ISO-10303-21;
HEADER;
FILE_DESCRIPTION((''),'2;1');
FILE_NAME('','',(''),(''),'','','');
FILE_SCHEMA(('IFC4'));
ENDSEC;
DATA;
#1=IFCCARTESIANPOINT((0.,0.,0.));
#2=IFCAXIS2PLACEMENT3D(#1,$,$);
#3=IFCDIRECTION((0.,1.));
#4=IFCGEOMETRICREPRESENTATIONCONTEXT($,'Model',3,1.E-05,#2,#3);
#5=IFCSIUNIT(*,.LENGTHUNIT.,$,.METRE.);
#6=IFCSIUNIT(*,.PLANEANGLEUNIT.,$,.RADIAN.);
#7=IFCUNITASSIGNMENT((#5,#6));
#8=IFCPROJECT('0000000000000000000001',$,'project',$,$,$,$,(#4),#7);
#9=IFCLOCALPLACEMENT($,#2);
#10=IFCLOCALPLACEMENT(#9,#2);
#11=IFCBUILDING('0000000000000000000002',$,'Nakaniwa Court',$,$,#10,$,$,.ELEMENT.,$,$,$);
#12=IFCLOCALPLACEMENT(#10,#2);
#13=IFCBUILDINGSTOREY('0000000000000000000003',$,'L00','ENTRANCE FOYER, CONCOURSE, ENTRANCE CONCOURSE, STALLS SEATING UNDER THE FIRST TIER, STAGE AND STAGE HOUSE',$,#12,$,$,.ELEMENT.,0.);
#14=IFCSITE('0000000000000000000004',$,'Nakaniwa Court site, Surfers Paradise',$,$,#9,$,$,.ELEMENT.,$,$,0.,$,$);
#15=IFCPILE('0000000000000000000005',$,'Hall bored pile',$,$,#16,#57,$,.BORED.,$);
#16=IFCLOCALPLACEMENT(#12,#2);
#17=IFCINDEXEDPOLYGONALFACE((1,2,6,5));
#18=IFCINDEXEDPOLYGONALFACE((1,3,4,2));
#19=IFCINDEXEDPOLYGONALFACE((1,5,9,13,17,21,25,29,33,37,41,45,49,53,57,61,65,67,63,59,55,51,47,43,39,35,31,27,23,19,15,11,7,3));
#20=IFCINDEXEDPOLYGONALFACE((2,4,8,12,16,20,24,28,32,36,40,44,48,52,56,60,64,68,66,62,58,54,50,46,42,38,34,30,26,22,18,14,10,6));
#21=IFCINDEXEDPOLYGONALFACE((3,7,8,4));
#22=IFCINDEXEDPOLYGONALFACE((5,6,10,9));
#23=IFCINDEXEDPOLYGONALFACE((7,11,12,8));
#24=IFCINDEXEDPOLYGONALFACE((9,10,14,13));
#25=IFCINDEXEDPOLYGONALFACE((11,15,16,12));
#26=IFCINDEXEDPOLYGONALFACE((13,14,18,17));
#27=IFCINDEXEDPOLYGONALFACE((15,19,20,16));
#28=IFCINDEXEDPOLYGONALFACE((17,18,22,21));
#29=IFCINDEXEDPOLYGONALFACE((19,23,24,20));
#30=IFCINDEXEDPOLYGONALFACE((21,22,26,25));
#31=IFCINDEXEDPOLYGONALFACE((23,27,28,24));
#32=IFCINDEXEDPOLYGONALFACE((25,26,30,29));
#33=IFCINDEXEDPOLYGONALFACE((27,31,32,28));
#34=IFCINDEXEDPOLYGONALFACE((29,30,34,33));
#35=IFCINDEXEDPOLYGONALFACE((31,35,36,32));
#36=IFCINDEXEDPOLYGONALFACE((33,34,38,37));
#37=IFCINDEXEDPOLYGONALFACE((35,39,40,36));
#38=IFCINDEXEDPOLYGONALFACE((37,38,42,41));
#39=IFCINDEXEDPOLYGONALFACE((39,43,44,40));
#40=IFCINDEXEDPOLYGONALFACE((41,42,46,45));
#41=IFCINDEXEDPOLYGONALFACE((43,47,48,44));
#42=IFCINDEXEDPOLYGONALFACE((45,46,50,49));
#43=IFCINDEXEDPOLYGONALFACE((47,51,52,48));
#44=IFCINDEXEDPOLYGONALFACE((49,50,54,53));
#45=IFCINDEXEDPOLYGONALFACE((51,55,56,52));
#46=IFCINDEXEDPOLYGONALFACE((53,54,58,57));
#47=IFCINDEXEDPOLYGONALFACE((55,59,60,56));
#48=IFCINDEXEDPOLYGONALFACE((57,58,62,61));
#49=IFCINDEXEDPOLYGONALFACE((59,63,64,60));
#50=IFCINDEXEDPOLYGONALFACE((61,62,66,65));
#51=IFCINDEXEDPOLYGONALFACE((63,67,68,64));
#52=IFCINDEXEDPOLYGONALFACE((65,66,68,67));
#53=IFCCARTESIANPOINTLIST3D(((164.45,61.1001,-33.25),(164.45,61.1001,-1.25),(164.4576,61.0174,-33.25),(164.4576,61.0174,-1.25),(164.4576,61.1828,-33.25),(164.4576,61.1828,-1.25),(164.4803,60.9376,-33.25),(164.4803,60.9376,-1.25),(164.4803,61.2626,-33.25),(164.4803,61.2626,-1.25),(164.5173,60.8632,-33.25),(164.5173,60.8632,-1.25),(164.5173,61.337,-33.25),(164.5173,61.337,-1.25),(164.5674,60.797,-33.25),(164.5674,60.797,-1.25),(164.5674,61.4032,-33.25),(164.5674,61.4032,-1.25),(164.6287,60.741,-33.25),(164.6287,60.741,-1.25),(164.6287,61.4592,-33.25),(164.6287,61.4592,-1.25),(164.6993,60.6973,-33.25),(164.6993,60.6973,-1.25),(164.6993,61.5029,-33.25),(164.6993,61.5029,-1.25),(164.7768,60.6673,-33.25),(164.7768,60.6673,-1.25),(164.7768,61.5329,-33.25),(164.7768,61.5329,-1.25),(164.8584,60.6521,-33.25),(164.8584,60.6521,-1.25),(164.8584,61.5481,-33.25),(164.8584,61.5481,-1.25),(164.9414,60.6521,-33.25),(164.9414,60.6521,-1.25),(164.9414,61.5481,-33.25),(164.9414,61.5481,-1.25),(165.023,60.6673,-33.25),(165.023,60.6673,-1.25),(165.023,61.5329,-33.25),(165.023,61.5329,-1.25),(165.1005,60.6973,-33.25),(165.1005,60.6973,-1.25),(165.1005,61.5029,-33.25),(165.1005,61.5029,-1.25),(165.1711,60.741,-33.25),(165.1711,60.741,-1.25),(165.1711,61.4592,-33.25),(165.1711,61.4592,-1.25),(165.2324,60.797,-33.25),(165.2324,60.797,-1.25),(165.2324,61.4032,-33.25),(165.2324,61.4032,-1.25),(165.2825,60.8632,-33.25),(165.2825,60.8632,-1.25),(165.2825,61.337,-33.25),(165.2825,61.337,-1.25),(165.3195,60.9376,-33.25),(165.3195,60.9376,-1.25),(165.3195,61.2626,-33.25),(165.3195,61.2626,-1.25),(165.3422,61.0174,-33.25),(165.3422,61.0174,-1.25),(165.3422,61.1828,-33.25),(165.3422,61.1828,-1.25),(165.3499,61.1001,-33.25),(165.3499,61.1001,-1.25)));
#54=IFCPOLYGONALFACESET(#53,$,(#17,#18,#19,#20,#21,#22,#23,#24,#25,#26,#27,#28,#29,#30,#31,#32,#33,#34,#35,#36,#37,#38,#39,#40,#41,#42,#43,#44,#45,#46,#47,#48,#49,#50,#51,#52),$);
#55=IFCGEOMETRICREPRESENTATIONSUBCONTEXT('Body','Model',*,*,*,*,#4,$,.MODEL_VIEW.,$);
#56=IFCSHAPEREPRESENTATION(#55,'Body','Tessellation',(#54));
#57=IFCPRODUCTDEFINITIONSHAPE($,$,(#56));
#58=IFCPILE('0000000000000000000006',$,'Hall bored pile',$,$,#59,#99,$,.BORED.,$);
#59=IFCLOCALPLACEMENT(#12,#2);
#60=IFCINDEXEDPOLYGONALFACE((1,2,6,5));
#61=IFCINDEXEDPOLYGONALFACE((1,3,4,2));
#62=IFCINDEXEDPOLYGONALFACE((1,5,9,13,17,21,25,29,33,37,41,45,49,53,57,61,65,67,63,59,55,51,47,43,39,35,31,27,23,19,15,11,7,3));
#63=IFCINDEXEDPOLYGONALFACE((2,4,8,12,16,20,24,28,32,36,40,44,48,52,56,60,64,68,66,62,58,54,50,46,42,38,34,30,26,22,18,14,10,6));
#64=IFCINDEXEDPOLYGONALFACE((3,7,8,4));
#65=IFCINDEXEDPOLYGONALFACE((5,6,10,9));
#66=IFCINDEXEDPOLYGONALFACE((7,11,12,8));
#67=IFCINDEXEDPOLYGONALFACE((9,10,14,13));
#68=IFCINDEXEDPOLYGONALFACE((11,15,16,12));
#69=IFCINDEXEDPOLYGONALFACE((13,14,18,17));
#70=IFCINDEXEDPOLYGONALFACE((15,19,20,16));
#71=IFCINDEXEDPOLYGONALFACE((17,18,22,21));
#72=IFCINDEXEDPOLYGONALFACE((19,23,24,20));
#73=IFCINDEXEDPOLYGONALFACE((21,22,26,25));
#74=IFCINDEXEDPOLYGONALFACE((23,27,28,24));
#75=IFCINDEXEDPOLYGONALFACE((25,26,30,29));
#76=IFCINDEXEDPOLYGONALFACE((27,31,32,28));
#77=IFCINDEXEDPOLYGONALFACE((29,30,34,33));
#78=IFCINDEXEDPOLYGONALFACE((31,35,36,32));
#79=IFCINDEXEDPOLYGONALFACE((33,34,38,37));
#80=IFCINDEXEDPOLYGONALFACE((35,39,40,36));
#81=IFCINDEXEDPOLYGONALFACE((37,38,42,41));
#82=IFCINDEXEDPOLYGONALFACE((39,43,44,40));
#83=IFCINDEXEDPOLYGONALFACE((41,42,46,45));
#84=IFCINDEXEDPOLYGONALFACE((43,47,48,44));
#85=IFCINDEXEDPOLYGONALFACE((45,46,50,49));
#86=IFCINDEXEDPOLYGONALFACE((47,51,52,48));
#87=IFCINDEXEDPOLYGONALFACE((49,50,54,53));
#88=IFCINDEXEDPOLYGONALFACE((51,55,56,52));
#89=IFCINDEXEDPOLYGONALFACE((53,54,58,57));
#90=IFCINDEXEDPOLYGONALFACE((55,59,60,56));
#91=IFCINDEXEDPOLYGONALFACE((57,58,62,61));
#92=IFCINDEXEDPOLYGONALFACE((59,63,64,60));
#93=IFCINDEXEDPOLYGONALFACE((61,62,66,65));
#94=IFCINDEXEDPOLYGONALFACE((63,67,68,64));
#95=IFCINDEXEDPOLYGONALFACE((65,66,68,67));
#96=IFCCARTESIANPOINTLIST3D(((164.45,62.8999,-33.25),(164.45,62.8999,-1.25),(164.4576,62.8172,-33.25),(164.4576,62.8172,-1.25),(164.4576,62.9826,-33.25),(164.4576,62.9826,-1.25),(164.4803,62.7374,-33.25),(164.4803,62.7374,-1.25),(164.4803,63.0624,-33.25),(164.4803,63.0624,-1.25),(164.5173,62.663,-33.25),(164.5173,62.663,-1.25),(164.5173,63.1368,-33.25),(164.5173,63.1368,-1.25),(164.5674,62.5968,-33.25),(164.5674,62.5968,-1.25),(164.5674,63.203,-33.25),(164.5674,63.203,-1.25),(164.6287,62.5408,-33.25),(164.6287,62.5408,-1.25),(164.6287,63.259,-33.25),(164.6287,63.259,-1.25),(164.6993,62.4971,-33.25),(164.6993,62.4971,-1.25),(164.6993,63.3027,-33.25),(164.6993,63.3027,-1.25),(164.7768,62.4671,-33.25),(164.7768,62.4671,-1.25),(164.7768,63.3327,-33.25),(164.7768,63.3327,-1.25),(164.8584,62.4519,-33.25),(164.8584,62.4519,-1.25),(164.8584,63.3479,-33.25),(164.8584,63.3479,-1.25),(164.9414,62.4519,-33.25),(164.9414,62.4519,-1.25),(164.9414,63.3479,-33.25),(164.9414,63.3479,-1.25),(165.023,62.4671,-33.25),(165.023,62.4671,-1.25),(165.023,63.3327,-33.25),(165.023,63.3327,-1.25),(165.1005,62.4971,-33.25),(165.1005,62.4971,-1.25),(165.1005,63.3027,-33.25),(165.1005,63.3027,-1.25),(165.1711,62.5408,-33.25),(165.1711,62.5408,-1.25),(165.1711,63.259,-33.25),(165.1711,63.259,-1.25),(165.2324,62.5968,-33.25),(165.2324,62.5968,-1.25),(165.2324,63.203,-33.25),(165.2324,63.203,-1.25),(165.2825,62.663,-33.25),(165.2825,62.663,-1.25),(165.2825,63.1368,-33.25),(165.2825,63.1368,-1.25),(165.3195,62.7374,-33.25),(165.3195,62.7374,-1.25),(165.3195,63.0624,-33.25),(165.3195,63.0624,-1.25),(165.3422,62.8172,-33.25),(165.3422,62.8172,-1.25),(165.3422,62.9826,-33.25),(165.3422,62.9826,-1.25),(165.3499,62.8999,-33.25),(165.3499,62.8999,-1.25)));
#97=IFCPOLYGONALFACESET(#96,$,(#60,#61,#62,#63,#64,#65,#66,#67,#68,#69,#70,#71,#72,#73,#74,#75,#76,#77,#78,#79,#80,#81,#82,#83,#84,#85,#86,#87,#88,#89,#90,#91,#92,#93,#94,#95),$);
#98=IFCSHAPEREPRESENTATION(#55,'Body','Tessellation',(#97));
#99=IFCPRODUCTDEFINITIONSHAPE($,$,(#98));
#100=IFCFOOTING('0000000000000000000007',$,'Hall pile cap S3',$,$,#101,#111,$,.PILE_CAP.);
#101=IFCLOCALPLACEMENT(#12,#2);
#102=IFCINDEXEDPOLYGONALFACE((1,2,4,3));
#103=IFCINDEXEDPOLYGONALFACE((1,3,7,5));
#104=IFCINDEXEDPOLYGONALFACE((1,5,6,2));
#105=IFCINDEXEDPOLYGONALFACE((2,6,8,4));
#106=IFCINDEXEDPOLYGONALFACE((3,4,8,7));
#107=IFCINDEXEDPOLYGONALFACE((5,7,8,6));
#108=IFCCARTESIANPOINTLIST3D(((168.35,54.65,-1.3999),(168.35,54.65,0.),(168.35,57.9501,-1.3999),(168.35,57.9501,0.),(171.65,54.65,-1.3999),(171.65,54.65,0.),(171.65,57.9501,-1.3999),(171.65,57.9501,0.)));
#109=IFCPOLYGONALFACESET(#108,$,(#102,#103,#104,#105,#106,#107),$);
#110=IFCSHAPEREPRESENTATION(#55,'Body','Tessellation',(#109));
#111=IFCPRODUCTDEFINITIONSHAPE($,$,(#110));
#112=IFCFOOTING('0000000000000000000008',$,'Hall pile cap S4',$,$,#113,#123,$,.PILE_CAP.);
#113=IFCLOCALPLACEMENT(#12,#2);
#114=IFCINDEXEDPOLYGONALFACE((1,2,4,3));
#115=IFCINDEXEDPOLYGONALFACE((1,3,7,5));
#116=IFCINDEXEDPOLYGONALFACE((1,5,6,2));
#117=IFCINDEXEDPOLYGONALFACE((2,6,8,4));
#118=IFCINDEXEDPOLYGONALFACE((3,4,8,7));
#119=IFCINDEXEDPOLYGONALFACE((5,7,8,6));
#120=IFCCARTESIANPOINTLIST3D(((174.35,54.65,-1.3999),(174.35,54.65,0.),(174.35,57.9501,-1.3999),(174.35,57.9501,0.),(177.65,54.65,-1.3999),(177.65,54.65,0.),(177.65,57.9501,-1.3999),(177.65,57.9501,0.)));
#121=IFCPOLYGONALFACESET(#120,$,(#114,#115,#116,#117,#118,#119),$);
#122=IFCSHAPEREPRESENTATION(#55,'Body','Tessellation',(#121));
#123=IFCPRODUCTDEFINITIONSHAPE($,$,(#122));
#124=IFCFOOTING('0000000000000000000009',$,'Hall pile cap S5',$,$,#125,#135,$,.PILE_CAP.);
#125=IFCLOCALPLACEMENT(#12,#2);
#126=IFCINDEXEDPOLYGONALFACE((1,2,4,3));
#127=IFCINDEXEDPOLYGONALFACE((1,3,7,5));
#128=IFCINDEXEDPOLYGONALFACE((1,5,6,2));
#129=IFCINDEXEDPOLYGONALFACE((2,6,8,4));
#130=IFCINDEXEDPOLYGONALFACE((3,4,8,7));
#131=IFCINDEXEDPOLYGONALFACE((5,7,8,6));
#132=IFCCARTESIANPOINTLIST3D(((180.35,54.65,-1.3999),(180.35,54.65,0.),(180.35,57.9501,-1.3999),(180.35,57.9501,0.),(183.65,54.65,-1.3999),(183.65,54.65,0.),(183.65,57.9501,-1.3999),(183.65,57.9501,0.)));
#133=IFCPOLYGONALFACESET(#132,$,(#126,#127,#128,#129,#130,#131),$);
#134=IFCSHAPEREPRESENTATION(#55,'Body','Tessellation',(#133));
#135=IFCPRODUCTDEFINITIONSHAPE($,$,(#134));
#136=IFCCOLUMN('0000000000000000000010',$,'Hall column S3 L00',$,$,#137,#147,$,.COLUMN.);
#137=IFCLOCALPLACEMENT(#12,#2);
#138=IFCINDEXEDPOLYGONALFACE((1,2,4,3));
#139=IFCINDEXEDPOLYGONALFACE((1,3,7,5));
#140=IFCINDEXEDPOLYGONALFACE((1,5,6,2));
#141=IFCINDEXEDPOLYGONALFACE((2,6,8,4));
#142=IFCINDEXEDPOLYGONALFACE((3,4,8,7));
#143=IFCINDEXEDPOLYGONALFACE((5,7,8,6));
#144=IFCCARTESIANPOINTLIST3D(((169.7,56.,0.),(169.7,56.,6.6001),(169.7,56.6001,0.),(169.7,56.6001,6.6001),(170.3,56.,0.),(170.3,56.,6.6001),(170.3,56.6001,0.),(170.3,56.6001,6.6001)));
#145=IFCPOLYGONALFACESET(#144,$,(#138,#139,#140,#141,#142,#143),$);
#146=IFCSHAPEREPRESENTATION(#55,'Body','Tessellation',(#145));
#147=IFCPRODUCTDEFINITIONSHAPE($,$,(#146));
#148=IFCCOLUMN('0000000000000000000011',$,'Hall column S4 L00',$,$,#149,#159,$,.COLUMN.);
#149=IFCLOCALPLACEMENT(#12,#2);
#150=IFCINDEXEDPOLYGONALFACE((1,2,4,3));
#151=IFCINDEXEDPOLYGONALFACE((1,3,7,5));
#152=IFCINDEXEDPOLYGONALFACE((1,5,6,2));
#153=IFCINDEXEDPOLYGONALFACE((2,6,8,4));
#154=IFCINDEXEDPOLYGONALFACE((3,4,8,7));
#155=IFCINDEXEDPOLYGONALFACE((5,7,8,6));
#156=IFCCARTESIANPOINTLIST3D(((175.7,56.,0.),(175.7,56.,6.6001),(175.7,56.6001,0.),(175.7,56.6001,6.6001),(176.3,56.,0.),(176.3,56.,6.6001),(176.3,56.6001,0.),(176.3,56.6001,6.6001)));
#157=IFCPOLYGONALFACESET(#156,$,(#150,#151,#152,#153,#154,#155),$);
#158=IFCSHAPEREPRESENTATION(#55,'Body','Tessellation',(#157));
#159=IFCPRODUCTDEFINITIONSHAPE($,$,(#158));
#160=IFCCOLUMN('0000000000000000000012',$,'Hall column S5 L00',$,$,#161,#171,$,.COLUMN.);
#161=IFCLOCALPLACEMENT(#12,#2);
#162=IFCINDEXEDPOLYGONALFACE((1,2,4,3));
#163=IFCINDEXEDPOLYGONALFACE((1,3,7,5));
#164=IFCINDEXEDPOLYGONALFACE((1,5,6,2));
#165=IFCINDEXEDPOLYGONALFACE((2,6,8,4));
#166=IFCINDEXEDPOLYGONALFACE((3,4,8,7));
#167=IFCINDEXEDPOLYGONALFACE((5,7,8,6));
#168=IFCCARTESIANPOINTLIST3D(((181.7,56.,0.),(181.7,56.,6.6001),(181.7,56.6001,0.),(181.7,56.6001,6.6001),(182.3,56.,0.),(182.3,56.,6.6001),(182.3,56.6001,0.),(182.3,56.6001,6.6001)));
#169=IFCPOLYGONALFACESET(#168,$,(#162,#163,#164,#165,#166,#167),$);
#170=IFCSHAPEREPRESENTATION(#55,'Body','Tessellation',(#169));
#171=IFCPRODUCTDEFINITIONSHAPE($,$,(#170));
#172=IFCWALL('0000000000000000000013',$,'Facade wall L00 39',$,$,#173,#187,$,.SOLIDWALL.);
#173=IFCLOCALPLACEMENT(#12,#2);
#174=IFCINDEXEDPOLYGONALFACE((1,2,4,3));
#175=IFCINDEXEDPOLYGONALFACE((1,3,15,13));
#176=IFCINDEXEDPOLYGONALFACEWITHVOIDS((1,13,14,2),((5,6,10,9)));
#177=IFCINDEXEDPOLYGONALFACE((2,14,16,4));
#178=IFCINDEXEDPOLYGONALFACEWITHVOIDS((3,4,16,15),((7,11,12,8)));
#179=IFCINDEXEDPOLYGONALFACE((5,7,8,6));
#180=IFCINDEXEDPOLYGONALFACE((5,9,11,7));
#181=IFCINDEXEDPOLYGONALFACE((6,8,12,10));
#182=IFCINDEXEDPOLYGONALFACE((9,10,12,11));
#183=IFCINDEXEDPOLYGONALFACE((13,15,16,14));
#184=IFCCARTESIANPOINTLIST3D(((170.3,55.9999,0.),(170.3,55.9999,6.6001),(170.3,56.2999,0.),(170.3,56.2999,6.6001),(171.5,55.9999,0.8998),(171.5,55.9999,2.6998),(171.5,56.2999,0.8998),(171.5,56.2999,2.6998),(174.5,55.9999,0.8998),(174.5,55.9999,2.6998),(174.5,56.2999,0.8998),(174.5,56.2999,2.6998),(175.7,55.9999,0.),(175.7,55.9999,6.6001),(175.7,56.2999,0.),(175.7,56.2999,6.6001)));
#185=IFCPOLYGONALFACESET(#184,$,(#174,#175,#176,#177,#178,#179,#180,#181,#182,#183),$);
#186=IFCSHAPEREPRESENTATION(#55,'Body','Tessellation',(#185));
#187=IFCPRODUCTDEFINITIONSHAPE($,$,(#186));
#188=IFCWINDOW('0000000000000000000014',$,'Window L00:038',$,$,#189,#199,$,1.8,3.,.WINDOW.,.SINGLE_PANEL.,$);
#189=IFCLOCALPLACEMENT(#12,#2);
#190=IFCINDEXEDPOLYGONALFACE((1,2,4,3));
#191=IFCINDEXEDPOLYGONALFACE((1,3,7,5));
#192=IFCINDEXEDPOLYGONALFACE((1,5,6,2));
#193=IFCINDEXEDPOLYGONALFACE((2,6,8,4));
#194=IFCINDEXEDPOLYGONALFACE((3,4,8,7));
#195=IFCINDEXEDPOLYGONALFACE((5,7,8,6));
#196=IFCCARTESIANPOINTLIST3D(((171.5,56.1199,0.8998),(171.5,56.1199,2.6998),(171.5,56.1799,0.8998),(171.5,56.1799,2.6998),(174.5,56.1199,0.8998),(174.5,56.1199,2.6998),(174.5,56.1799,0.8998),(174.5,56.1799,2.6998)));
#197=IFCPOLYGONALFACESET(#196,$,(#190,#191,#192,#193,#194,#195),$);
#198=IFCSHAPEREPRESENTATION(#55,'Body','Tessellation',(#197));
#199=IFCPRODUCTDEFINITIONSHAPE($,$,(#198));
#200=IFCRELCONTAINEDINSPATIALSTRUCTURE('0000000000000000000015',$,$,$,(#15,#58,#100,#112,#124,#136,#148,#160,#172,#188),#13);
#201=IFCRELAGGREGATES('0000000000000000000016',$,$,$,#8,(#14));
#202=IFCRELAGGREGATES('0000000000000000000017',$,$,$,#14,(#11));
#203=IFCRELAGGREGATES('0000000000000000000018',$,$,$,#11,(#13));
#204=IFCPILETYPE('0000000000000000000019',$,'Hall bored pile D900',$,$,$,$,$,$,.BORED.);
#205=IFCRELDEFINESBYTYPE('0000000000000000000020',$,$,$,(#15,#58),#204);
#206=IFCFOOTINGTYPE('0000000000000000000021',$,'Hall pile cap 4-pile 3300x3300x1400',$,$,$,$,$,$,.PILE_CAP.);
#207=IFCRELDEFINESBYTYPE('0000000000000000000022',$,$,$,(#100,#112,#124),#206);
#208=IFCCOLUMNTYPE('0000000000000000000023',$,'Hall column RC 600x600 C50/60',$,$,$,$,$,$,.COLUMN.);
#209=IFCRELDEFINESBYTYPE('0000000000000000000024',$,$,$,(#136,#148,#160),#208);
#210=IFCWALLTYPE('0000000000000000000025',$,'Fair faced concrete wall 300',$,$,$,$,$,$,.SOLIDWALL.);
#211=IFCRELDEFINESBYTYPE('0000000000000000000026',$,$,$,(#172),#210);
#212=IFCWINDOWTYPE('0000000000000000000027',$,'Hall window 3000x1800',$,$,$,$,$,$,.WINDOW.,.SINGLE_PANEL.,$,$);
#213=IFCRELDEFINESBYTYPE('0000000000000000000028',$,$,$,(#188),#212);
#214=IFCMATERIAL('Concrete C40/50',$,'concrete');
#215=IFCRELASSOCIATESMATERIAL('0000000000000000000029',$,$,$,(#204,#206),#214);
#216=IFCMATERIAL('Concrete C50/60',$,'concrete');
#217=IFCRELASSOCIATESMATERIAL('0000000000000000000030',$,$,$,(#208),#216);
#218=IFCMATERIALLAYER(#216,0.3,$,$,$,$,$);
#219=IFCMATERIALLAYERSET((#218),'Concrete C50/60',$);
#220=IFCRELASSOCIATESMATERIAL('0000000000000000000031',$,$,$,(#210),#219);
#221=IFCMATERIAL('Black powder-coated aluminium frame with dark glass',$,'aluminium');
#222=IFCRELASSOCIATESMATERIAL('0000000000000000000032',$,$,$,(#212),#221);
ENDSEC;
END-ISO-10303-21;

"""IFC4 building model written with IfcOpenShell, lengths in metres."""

from ifc_helpers import new_model, si_unit, direction, frame, frame_2d, origin, origin_2d, place, context, subcontext, project, spatial, rectangle, circle, extrude, material, layer, layer_set, material_profile, profile_set, type_object, element, fill, save


model = new_model("IFC4")

# Units and contexts
model_context = context("Model", 3, precision=1e-05, world=origin(), true_north=direction((0.0, 1.0)))
body_context = subcontext(model_context, "Body", "Model", "MODEL_VIEW")
ifc_project = project(units=[si_unit("LENGTHUNIT", "METRE"), si_unit("PLANEANGLEUNIT", "RADIAN")], contexts=[model_context])

# Site, building, storey
site_placement = place(None, origin())
site = spatial("IfcSite", under=ifc_project, at=site_placement, Name="Nakaniwa Court site, Surfers Paradise", CompositionType="ELEMENT", RefElevation=0.0)
building_placement = place(site_placement, origin())
building = spatial("IfcBuilding", under=site, at=building_placement, Name="Nakaniwa Court", CompositionType="ELEMENT")
storey_placement = place(building_placement, origin())
storey = spatial("IfcBuildingStorey", under=building, at=storey_placement, Name="L00", Description="ENTRANCE FOYER, CONCOURSE, ENTRANCE CONCOURSE, STALLS SEATING UNDER THE FIRST TIER, STAGE AND STAGE HOUSE", CompositionType="ELEMENT", Elevation=0.0)

# Piles
ifc_material_1 = material(Name="Concrete C40/50", Category="concrete")
ifc_material_profile_1 = material_profile(ifc_material_1, circle(Radius=0.45, at=origin_2d()), Name="Bored pile D900")
ifc_profile_set_1 = profile_set([ifc_material_profile_1], Name="Concrete C40/50")
pile_type = type_object("IfcPileType", Name="Hall bored pile D900", PredefinedType="BORED", material=ifc_profile_set_1)
for number, where, z_axis, x_axis, name in (
    (1, (164.8999, 61.1001, -1.25), (0.0, 0.0, -1.0), (1.0, 0.0, 0.0), "Hall bored pile"),
    (2, (164.8999, 62.8999, -1.25), (0.0, 0.0, -1.0), (1.0, 0.0, 0.0), "Hall bored pile"),
):
    element("IfcPile", number, at=place(storey_placement, frame(where, z_axis=z_axis, x_axis=x_axis)), inside=storey, type_object=pile_type, Name=name, PredefinedType="BORED", context=body_context, shape_type="SweptSolid", body=[
        extrude(circle(Radius=0.45, at=origin_2d()), origin(), (0.0, 0.0, 1.0), 32.0),
    ])

# Footings
footing_type = type_object("IfcFootingType", Name="Hall pile cap 4-pile 3300x3300x1400", PredefinedType="PILE_CAP", material=ifc_material_1)
for number, where, z_axis, x_axis, name in (
    (3, (170.0, 56.3, -1.3999), (0.0, 0.0, 1.0), (1.0, 0.0, 0.0), "Hall pile cap S3"),
    (4, (176.0, 56.3, -1.3999), (0.0, 0.0, 1.0), (1.0, 0.0, 0.0), "Hall pile cap S4"),
    (5, (182.0, 56.3, -1.3999), (0.0, 0.0, 1.0), (1.0, 0.0, 0.0), "Hall pile cap S5"),
):
    element("IfcFooting", number, at=place(storey_placement, frame(where, z_axis=z_axis, x_axis=x_axis)), inside=storey, type_object=footing_type, Name=name, PredefinedType="PILE_CAP", context=body_context, shape_type="SweptSolid", body=[
        extrude(rectangle(XDim=3.3, YDim=3.3, at=origin_2d()), origin(), (0.0, 0.0, 1.0), 1.3999),
    ])

# Columns
ifc_material_2 = material(Name="Concrete C50/60", Category="concrete")
ifc_material_profile_2 = material_profile(ifc_material_2, rectangle(XDim=0.6001, YDim=0.6001, at=origin_2d()), Name="RC 600x600")
ifc_profile_set_2 = profile_set([ifc_material_profile_2], Name="Concrete C50/60")
column_type = type_object("IfcColumnType", Name="Hall column RC 600x600 C50/60", PredefinedType="COLUMN", material=ifc_profile_set_2)
for number, where, z_axis, x_axis, name in (
    (6, (170.0, 56.3, 0.0), (0.0, 0.0, 1.0), (1.0, 0.0, 0.0), "Hall column S3 L00"),
    (7, (176.0, 56.3, 0.0), (0.0, 0.0, 1.0), (1.0, 0.0, 0.0), "Hall column S4 L00"),
    (8, (182.0, 56.3, 0.0), (0.0, 0.0, 1.0), (1.0, 0.0, 0.0), "Hall column S5 L00"),
):
    element("IfcColumn", number, at=place(storey_placement, frame(where, z_axis=z_axis, x_axis=x_axis)), inside=storey, type_object=column_type, Name=name, PredefinedType="COLUMN", context=body_context, shape_type="SweptSolid", body=[
        extrude(rectangle(XDim=0.6001, YDim=0.6001, at=origin_2d()), origin(), (0.0, 0.0, 1.0), 6.6001),
    ])

# Shared definitions
ifc_layer_1 = layer(ifc_material_2, 0.3)
ifc_layer_set_1 = layer_set([ifc_layer_1], Name="Concrete C50/60")
wall_type_1 = type_object("IfcWallType", Name="Fair faced concrete wall 300", PredefinedType="SOLIDWALL", material=ifc_layer_set_1)

# Wall, opening, window
wall_1_placement = place(storey_placement, frame((175.7, 56.1499, 0.0), z_axis=(0.0, 0.0, 1.0), x_axis=(-1.0, 0.0, 0.0)))
wall_1 = element("IfcWall", 9, at=wall_1_placement, inside=storey, type_object=wall_type_1, Name="Facade wall L00 39", PredefinedType="SOLIDWALL", context=body_context, shape_type="SweptSolid", body=[
    extrude(rectangle(XDim=5.3999, YDim=0.3, at=frame_2d((2.7, 0.0))), origin(), (0.0, 0.0, 1.0), 6.6001),
])
opening_1_placement = place(wall_1_placement, frame((1.2, 0.0, 0.8999)))
opening_1 = element("IfcOpeningElement", 10, at=opening_1_placement, cuts=wall_1, PredefinedType="OPENING", context=body_context, shape_type="SweptSolid", body=[
    extrude(rectangle(XDim=3.0, YDim=1.8, at=frame_2d((1.5, 0.8999))), frame((0.0, 0.1599, 0.0), z_axis=(0.0, -1.0, 0.0), x_axis=(1.0, 0.0, 0.0)), (0.0, 0.0, 1.0), 0.3201),
])
ifc_material_3 = material(Name="Black powder-coated aluminium frame with dark glass", Category="aluminium")
window_type = type_object("IfcWindowType", Name="Hall window 3000x1800", PartitioningType="SINGLE_PANEL", PredefinedType="WINDOW", material=ifc_material_3)
window_placement = place(opening_1_placement, origin())
window = element("IfcWindow", 11, at=window_placement, inside=storey, type_object=window_type, Name="Window L00:038", OverallHeight=1.8, OverallWidth=3.0, PartitioningType="SINGLE_PANEL", PredefinedType="WINDOW", context=body_context, shape_type="SweptSolid", body=[
    extrude(rectangle(XDim=3.0, YDim=1.8, at=frame_2d((1.5, 0.8999))), frame((0.0, 0.03, 0.0), z_axis=(0.0, -1.0, 0.0), x_axis=(1.0, 0.0, 0.0)), (0.0, 0.0, 1.0), 0.0601),
])
fill(opening_1, window)

save(model, "model.ifc")
